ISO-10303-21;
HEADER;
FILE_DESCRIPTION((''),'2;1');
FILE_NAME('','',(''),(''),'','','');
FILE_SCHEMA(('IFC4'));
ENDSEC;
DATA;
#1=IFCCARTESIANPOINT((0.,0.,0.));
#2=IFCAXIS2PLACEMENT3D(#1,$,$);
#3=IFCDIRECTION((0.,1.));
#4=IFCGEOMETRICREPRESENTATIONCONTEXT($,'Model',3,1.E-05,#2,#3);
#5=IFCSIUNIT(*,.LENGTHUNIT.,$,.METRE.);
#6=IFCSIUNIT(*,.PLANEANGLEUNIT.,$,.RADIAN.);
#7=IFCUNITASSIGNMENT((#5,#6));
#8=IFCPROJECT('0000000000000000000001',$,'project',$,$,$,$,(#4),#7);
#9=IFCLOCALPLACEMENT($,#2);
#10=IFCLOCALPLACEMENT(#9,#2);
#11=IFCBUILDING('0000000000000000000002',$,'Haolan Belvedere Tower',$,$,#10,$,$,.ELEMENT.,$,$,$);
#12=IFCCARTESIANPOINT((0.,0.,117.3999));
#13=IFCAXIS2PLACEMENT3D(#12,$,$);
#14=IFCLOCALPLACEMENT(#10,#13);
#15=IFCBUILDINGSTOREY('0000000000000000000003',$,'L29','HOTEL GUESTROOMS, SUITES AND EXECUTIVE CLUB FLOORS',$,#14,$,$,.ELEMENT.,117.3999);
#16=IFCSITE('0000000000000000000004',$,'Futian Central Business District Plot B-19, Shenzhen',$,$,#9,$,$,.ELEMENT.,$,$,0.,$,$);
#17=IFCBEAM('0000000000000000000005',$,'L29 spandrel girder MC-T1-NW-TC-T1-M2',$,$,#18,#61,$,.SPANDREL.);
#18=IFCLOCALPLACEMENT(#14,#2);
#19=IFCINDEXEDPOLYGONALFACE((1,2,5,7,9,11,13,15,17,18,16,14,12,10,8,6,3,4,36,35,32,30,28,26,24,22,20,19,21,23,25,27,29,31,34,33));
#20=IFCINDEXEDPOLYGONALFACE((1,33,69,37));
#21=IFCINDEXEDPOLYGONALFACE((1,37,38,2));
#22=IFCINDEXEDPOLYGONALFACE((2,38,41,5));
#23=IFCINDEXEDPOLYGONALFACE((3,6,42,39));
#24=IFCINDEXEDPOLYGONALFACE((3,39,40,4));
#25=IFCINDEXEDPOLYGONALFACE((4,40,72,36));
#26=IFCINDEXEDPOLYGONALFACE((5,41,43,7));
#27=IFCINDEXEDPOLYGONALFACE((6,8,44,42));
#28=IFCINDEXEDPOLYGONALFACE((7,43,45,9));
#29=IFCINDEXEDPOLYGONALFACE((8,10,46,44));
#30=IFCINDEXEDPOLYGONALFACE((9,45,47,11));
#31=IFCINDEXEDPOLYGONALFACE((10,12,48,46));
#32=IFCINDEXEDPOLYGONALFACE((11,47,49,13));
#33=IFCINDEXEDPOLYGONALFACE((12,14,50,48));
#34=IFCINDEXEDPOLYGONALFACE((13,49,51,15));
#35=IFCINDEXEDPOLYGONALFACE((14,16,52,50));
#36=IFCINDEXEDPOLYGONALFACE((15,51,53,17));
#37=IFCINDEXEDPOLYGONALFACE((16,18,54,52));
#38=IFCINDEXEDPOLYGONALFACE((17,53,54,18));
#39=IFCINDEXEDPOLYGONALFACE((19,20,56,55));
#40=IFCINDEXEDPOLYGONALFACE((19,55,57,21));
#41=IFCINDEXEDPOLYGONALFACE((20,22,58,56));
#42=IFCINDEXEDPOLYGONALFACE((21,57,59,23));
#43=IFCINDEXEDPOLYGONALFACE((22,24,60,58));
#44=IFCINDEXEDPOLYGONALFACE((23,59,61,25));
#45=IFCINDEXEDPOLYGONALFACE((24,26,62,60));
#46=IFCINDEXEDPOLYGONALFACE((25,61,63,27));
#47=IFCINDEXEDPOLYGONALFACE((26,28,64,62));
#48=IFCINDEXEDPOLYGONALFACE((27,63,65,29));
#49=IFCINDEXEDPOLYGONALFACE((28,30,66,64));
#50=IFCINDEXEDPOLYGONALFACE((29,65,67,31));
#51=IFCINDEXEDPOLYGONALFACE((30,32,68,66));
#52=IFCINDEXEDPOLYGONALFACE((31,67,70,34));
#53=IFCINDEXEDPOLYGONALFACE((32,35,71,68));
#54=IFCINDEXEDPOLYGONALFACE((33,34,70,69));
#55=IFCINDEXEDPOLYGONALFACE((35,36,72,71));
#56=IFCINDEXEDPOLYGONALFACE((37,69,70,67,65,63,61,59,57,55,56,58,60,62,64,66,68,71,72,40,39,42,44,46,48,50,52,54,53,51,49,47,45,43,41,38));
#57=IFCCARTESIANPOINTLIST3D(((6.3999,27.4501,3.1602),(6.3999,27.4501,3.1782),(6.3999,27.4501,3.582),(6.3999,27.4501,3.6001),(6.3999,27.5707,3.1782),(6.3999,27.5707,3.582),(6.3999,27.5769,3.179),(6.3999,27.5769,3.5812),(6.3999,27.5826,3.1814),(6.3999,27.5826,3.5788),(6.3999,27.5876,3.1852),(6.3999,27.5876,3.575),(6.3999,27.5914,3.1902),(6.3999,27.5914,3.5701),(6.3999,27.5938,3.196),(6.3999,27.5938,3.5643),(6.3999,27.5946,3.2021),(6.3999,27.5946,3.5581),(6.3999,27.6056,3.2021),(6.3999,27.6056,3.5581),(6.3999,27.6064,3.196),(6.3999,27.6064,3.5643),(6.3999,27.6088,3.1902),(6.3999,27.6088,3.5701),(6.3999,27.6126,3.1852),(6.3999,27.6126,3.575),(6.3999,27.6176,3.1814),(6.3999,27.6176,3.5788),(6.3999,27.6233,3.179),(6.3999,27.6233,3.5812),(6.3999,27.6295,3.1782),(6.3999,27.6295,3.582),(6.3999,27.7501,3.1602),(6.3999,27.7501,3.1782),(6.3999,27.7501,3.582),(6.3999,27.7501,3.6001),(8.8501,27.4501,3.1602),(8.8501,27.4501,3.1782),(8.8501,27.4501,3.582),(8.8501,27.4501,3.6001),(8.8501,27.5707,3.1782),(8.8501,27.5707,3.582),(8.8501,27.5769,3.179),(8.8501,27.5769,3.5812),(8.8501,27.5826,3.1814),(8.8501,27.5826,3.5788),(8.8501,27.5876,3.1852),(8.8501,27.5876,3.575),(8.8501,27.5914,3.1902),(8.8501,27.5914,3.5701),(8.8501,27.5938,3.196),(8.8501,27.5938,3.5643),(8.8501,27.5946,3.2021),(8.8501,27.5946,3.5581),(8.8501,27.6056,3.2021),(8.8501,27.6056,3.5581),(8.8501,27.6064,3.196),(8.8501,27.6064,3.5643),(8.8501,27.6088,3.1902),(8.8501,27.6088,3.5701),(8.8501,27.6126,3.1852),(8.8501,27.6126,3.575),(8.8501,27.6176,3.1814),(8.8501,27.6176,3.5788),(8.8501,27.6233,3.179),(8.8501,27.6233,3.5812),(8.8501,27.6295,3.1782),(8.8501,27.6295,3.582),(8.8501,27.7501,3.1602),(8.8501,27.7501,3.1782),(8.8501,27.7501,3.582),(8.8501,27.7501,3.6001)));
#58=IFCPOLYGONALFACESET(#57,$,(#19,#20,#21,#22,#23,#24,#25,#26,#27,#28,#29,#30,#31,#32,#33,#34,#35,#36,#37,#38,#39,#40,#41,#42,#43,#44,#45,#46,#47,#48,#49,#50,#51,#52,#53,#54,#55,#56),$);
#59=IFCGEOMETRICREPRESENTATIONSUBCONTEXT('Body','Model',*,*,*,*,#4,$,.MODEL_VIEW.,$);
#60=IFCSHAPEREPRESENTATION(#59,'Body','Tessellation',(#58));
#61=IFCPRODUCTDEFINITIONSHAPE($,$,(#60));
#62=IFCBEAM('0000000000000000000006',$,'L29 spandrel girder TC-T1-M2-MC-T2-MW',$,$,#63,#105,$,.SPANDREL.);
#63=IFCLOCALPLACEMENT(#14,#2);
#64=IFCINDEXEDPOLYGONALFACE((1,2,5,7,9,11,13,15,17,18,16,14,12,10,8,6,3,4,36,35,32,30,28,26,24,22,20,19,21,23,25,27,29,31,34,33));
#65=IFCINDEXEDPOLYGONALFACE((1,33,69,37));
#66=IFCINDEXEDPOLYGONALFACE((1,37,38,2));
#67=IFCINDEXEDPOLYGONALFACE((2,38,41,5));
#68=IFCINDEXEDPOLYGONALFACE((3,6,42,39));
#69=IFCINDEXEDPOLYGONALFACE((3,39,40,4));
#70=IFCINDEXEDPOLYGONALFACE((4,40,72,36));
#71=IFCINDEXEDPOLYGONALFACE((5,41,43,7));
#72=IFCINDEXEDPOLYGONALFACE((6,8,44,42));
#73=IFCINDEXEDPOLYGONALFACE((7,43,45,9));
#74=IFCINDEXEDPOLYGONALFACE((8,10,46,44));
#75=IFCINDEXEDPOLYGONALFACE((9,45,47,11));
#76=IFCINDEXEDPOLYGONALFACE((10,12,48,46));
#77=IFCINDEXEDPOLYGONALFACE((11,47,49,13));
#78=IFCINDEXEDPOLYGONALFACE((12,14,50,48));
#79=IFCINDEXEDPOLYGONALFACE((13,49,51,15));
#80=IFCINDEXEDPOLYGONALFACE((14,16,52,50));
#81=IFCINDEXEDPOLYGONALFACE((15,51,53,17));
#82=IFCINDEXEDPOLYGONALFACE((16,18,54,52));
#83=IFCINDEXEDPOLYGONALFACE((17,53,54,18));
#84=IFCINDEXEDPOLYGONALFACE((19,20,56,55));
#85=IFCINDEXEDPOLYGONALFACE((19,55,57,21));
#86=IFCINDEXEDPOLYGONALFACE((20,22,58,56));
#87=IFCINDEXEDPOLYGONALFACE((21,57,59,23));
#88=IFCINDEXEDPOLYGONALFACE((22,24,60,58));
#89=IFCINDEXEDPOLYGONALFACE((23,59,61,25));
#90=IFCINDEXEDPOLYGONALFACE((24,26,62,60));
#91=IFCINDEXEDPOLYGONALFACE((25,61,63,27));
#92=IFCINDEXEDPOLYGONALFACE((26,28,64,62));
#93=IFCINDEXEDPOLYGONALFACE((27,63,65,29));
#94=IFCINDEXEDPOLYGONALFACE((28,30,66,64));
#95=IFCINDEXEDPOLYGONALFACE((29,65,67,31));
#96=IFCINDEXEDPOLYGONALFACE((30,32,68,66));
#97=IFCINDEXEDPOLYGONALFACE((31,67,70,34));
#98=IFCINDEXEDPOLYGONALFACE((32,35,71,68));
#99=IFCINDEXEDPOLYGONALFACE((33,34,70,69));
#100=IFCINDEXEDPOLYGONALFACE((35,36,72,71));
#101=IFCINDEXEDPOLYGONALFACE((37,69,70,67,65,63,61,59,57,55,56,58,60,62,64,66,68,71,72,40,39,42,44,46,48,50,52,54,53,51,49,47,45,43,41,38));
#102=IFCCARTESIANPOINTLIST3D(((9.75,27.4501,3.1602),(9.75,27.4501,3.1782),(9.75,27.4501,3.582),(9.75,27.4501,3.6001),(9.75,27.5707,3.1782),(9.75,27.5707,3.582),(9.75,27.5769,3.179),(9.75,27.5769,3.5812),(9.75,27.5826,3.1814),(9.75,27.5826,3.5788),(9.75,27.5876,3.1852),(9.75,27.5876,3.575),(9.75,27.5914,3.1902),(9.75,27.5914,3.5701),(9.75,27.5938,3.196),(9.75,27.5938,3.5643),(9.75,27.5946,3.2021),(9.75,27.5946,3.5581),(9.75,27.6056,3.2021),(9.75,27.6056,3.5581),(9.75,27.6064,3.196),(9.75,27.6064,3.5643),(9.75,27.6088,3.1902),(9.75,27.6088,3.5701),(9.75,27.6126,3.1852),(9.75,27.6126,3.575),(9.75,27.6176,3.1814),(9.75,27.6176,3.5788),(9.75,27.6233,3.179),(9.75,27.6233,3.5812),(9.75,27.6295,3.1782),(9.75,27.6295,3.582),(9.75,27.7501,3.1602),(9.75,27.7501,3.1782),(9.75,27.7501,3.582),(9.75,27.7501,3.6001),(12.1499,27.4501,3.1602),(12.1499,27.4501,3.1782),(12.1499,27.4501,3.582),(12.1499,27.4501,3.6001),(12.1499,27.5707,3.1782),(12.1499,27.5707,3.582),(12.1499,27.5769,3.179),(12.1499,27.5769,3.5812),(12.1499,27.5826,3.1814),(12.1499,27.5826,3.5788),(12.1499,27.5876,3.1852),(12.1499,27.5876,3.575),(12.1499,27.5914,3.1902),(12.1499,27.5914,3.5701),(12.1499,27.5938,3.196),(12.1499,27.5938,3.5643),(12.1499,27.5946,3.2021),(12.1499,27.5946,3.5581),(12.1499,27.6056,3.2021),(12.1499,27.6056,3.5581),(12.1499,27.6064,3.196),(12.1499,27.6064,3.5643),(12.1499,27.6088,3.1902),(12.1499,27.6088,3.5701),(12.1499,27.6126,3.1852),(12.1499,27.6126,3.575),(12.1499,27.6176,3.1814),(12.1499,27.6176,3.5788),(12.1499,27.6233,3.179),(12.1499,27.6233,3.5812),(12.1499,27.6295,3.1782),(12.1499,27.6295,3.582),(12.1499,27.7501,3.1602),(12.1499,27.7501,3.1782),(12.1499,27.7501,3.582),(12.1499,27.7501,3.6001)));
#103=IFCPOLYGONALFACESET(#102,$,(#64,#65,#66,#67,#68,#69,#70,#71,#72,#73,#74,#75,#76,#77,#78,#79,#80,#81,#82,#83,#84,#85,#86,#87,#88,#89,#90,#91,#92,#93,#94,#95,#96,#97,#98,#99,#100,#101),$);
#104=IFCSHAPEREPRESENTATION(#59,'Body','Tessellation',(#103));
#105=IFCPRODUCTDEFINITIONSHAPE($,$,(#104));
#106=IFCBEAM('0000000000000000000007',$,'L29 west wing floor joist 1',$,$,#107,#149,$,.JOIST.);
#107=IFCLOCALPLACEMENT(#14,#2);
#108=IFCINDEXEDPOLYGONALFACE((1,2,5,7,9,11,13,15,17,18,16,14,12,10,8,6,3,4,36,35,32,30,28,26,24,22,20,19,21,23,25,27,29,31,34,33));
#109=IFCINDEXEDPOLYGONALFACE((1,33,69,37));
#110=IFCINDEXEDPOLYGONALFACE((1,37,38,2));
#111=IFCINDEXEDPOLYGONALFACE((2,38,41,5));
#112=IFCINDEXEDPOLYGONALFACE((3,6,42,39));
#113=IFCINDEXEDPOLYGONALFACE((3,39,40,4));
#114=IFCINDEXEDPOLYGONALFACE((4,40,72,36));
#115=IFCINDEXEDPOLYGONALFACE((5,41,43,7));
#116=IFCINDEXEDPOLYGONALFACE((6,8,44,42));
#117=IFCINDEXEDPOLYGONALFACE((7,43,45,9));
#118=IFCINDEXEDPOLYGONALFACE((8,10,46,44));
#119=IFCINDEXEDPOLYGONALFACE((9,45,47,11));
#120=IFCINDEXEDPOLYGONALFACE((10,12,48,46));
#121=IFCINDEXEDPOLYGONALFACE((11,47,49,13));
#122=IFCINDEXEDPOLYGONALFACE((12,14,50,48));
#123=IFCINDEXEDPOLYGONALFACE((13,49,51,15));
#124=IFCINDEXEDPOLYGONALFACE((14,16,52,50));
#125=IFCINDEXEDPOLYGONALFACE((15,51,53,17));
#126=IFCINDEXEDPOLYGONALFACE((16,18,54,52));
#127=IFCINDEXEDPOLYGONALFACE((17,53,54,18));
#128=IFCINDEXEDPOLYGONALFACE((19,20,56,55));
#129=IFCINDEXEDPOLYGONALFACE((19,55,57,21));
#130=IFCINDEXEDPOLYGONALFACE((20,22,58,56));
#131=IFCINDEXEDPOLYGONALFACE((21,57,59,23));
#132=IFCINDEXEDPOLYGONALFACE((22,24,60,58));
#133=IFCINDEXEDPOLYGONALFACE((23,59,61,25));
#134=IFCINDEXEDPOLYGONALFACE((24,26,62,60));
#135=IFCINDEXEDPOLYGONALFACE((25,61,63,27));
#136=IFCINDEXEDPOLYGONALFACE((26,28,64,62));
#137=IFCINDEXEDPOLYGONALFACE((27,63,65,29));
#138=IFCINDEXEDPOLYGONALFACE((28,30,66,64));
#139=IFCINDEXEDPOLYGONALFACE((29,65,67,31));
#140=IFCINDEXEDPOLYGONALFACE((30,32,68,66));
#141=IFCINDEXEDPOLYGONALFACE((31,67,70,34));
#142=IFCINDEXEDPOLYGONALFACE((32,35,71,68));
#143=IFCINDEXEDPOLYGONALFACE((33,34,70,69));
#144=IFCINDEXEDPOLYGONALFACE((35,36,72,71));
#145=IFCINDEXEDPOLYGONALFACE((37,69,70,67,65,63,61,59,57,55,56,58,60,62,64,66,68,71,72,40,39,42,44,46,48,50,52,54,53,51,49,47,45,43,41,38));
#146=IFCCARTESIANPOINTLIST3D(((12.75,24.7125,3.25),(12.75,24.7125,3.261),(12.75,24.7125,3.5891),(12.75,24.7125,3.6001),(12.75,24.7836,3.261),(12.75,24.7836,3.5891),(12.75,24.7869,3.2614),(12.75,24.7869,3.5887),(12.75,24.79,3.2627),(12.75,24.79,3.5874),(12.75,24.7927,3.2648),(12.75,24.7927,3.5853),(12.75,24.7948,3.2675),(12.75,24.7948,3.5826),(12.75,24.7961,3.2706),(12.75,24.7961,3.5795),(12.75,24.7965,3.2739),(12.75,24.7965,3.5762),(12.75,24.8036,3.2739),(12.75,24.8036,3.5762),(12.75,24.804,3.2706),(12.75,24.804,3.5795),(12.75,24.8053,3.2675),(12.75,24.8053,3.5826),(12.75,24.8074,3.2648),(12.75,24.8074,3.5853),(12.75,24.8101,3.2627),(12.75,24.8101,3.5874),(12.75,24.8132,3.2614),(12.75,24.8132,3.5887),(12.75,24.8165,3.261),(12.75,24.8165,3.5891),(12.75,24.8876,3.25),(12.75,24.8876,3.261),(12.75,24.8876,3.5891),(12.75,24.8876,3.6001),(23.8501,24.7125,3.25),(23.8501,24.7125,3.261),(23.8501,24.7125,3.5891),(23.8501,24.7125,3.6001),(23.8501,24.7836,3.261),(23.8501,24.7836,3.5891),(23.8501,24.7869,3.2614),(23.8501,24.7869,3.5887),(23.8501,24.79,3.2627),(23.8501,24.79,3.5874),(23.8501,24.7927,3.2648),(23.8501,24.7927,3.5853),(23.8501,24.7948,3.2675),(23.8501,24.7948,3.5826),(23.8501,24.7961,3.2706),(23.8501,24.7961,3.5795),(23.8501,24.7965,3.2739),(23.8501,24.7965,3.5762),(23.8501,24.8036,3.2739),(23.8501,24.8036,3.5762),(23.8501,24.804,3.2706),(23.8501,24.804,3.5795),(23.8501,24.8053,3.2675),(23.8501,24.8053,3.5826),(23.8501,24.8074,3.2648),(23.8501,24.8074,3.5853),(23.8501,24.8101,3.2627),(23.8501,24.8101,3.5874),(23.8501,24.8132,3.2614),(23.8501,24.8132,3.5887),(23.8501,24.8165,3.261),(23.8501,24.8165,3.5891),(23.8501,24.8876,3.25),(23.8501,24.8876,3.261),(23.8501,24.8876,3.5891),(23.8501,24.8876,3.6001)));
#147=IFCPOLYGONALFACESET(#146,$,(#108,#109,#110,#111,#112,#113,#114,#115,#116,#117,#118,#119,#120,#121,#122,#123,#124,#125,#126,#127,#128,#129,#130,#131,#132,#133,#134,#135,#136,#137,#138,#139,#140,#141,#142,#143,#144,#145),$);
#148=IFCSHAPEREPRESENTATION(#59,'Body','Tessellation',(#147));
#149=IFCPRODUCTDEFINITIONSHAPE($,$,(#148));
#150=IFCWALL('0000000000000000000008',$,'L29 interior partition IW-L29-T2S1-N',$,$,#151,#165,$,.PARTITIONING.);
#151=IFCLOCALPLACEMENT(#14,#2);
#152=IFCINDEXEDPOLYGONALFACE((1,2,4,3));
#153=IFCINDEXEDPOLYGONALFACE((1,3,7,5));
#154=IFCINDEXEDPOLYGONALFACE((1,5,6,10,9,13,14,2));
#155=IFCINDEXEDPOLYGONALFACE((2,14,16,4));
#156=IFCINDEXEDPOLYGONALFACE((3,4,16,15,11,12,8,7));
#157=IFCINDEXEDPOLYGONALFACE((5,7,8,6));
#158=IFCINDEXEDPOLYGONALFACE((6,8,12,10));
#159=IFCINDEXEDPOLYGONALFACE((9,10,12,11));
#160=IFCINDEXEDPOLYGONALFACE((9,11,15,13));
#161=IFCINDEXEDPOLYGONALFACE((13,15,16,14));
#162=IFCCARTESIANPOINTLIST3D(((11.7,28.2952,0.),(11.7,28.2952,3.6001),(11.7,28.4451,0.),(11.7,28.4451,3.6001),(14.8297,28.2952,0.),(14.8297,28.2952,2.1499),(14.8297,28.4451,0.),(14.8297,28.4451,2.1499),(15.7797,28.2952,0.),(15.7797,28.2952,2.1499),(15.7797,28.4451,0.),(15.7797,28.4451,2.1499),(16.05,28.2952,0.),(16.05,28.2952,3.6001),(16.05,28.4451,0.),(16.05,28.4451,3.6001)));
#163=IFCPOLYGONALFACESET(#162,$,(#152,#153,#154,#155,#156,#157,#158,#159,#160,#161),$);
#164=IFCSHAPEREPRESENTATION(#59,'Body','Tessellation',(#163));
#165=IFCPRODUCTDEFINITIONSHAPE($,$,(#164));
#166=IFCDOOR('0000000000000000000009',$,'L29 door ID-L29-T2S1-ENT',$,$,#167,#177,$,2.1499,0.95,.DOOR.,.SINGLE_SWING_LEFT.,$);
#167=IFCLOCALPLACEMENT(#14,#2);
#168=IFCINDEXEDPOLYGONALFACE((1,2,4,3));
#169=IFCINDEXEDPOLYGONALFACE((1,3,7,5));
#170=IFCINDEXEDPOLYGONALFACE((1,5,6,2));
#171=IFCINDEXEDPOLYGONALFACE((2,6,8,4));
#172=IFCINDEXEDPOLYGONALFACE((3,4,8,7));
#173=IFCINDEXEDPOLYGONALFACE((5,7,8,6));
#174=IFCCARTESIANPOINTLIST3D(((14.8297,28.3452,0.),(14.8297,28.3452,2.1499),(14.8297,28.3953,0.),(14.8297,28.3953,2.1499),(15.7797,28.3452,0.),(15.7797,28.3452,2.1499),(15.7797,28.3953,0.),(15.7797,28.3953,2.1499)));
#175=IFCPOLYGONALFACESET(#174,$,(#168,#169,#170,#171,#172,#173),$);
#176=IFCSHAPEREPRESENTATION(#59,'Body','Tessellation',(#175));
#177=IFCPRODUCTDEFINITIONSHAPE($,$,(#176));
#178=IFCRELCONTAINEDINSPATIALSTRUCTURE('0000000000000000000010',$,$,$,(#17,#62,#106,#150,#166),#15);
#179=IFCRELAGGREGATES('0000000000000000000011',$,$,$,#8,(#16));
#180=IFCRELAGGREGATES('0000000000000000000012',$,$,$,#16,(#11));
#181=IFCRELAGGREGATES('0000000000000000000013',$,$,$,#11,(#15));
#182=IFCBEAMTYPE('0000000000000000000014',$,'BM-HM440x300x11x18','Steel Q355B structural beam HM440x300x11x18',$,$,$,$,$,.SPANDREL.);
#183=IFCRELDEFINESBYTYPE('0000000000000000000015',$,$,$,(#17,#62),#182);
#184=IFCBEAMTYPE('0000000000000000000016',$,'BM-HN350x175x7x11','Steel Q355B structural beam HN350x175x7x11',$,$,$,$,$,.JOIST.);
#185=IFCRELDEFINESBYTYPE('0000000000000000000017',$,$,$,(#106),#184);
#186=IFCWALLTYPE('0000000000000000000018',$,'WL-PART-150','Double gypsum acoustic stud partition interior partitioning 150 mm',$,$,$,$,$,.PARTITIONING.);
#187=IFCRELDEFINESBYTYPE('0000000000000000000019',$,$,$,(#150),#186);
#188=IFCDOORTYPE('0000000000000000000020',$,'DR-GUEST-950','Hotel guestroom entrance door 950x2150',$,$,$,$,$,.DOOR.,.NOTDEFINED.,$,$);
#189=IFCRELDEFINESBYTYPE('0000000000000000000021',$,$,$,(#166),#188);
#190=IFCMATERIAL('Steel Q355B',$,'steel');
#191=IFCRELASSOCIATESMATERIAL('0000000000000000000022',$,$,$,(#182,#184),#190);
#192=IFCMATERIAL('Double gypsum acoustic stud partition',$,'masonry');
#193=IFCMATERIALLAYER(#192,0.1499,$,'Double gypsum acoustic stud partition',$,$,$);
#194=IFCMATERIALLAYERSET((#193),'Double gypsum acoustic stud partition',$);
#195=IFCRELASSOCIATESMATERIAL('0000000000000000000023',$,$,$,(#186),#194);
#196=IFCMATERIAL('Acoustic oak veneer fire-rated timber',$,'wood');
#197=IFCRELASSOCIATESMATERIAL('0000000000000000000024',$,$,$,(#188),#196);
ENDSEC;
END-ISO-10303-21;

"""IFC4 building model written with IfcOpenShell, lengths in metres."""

from ifc_helpers import new_model, si_unit, direction, frame, frame_2d, origin, origin_2d, place, context, subcontext, project, spatial, rectangle, i_section, extrude, material, layer, layer_set, material_profile, profile_set, type_object, element, fill, save


model = new_model("IFC4")

# Units and contexts
model_context = context("Model", 3, precision=1e-05, world=origin(), true_north=direction((0.0, 1.0)))
body_context = subcontext(model_context, "Body", "Model", "MODEL_VIEW")
ifc_project = project(units=[si_unit("LENGTHUNIT", "METRE"), si_unit("PLANEANGLEUNIT", "RADIAN")], contexts=[model_context])

# Site, building, storey
site_placement = place(None, origin())
site = spatial("IfcSite", under=ifc_project, at=site_placement, Name="Futian Central Business District Plot B-19, Shenzhen", CompositionType="ELEMENT", RefElevation=0.0)
building_placement = place(site_placement, origin())
building = spatial("IfcBuilding", under=site, at=building_placement, Name="Haolan Belvedere Tower", CompositionType="ELEMENT")
storey_placement = place(building_placement, frame((0.0, 0.0, 117.3999)))
storey = spatial("IfcBuildingStorey", under=building, at=storey_placement, Name="L29", Description="HOTEL GUESTROOMS, SUITES AND EXECUTIVE CLUB FLOORS", CompositionType="ELEMENT", Elevation=117.3999)

# Beams
ifc_material_1 = material(Name="Steel Q355B", Category="steel")
ifc_material_profile_1 = material_profile(ifc_material_1, i_section(OverallWidth=0.3, OverallDepth=0.4399, WebThickness=0.011, FlangeThickness=0.0181, FilletRadius=0.0239, at=origin_2d()), Name="Steel Q355B")
ifc_profile_set_1 = profile_set([ifc_material_profile_1], Name="Steel Q355B")
beam_type_1 = type_object("IfcBeamType", Name="BM-HM440x300x11x18", Description="Steel Q355B structural beam HM440x300x11x18", PredefinedType="SPANDREL", material=ifc_profile_set_1)
beam_1_placement = place(storey_placement, frame((6.3999, 27.6001, 3.3801), z_axis=(1.0, 0.0, 0.0), x_axis=(0.0, 1.0, 0.0)))
element("IfcBeam", 1, at=beam_1_placement, inside=storey, type_object=beam_type_1, Name="L29 spandrel girder MC-T1-NW-TC-T1-M2", PredefinedType="SPANDREL", context=body_context, shape_type="SweptSolid", body=[
    extrude(i_section(OverallWidth=0.3, OverallDepth=0.4399, WebThickness=0.011, FlangeThickness=0.0181, FilletRadius=0.0239, at=origin_2d()), origin(), (0.0, 0.0, 1.0), 2.4502),
])
beam_2_placement = place(storey_placement, frame((9.75, 27.6001, 3.3801), z_axis=(1.0, 0.0, 0.0), x_axis=(0.0, 1.0, 0.0)))
element("IfcBeam", 2, at=beam_2_placement, inside=storey, type_object=beam_type_1, Name="L29 spandrel girder TC-T1-M2-MC-T2-MW", PredefinedType="SPANDREL", context=body_context, shape_type="SweptSolid", body=[
    extrude(i_section(OverallWidth=0.3, OverallDepth=0.4399, WebThickness=0.011, FlangeThickness=0.0181, FilletRadius=0.0239, at=origin_2d()), origin(), (0.0, 0.0, 1.0), 2.3999),
])
ifc_material_profile_2 = material_profile(ifc_material_1, i_section(OverallWidth=0.175, OverallDepth=0.3501, WebThickness=0.0071, FlangeThickness=0.011, FilletRadius=0.0129, at=origin_2d()), Name="Steel Q355B")
ifc_profile_set_2 = profile_set([ifc_material_profile_2], Name="Steel Q355B")
beam_type_2 = type_object("IfcBeamType", Name="BM-HN350x175x7x11", Description="Steel Q355B structural beam HN350x175x7x11", PredefinedType="JOIST", material=ifc_profile_set_2)
beam_3_placement = place(storey_placement, frame((12.75, 24.8, 3.425), z_axis=(1.0, 0.0, 0.0), x_axis=(0.0, 1.0, 0.0)))
element("IfcBeam", 3, at=beam_3_placement, inside=storey, type_object=beam_type_2, Name="L29 west wing floor joist 1", PredefinedType="JOIST", context=body_context, shape_type="SweptSolid", body=[
    extrude(i_section(OverallWidth=0.175, OverallDepth=0.3501, WebThickness=0.0071, FlangeThickness=0.011, FilletRadius=0.0129, at=origin_2d()), origin(), (0.0, 0.0, 1.0), 11.1001),
])

# Wall, opening, door
ifc_material_2 = material(Name="Double gypsum acoustic stud partition", Category="masonry")
ifc_layer_1 = layer(ifc_material_2, 0.1499, Name="Double gypsum acoustic stud partition")
ifc_layer_set_1 = layer_set([ifc_layer_1], Name="Double gypsum acoustic stud partition")
wall_type_1 = type_object("IfcWallType", Name="WL-PART-150", Description="Double gypsum acoustic stud partition interior partitioning 150 mm", PredefinedType="PARTITIONING", material=ifc_layer_set_1)
wall_1_placement = place(storey_placement, frame((11.7, 28.3701, 0.0), z_axis=(0.0, 0.0, 1.0), x_axis=(1.0, 0.0, 0.0)))
wall_1 = element("IfcWall", 4, at=wall_1_placement, inside=storey, type_object=wall_type_1, Name="L29 interior partition IW-L29-T2S1-N", PredefinedType="PARTITIONING", context=body_context, shape_type="SweptSolid", body=[
    extrude(rectangle(XDim=4.3501, YDim=0.1499, at=frame_2d((2.175, 0.0))), origin(), (0.0, 0.0, 1.0), 3.6001),
])
opening_1_placement = place(wall_1_placement, frame((4.0798, 0.0, 0.0), z_axis=(0.0, 0.0, 1.0), x_axis=(-1.0, 0.0, 0.0)))
opening_1 = element("IfcOpeningElement", 5, at=opening_1_placement, cuts=wall_1, PredefinedType="OPENING", context=body_context, shape_type="SweptSolid", body=[
    extrude(rectangle(XDim=0.95, YDim=2.1499, at=frame_2d((0.4751, 1.075))), frame((0.0, 0.085, 0.0), z_axis=(0.0, -1.0, 0.0), x_axis=(1.0, 0.0, 0.0)), (0.0, 0.0, 1.0), 0.1699),
])
ifc_material_3 = material(Name="Acoustic oak veneer fire-rated timber", Category="wood")
door_type_1 = type_object("IfcDoorType", Name="DR-GUEST-950", Description="Hotel guestroom entrance door 950x2150", OperationType="NOTDEFINED", PredefinedType="DOOR", material=ifc_material_3)
door_1_placement = place(opening_1_placement, origin())
door_1 = element("IfcDoor", 6, at=door_1_placement, inside=storey, type_object=door_type_1, Name="L29 door ID-L29-T2S1-ENT", OperationType="SINGLE_SWING_LEFT", OverallHeight=2.1499, OverallWidth=0.95, PredefinedType="DOOR", context=body_context, shape_type="SweptSolid", body=[
    extrude(rectangle(XDim=0.95, YDim=2.1499, at=frame_2d((0.4751, 1.075))), frame((0.0, 0.0249, 0.0), z_axis=(0.0, -1.0, 0.0), x_axis=(1.0, 0.0, 0.0)), (0.0, 0.0, 1.0), 0.05),
])
fill(opening_1, door_1)

save(model, "model.ifc")
